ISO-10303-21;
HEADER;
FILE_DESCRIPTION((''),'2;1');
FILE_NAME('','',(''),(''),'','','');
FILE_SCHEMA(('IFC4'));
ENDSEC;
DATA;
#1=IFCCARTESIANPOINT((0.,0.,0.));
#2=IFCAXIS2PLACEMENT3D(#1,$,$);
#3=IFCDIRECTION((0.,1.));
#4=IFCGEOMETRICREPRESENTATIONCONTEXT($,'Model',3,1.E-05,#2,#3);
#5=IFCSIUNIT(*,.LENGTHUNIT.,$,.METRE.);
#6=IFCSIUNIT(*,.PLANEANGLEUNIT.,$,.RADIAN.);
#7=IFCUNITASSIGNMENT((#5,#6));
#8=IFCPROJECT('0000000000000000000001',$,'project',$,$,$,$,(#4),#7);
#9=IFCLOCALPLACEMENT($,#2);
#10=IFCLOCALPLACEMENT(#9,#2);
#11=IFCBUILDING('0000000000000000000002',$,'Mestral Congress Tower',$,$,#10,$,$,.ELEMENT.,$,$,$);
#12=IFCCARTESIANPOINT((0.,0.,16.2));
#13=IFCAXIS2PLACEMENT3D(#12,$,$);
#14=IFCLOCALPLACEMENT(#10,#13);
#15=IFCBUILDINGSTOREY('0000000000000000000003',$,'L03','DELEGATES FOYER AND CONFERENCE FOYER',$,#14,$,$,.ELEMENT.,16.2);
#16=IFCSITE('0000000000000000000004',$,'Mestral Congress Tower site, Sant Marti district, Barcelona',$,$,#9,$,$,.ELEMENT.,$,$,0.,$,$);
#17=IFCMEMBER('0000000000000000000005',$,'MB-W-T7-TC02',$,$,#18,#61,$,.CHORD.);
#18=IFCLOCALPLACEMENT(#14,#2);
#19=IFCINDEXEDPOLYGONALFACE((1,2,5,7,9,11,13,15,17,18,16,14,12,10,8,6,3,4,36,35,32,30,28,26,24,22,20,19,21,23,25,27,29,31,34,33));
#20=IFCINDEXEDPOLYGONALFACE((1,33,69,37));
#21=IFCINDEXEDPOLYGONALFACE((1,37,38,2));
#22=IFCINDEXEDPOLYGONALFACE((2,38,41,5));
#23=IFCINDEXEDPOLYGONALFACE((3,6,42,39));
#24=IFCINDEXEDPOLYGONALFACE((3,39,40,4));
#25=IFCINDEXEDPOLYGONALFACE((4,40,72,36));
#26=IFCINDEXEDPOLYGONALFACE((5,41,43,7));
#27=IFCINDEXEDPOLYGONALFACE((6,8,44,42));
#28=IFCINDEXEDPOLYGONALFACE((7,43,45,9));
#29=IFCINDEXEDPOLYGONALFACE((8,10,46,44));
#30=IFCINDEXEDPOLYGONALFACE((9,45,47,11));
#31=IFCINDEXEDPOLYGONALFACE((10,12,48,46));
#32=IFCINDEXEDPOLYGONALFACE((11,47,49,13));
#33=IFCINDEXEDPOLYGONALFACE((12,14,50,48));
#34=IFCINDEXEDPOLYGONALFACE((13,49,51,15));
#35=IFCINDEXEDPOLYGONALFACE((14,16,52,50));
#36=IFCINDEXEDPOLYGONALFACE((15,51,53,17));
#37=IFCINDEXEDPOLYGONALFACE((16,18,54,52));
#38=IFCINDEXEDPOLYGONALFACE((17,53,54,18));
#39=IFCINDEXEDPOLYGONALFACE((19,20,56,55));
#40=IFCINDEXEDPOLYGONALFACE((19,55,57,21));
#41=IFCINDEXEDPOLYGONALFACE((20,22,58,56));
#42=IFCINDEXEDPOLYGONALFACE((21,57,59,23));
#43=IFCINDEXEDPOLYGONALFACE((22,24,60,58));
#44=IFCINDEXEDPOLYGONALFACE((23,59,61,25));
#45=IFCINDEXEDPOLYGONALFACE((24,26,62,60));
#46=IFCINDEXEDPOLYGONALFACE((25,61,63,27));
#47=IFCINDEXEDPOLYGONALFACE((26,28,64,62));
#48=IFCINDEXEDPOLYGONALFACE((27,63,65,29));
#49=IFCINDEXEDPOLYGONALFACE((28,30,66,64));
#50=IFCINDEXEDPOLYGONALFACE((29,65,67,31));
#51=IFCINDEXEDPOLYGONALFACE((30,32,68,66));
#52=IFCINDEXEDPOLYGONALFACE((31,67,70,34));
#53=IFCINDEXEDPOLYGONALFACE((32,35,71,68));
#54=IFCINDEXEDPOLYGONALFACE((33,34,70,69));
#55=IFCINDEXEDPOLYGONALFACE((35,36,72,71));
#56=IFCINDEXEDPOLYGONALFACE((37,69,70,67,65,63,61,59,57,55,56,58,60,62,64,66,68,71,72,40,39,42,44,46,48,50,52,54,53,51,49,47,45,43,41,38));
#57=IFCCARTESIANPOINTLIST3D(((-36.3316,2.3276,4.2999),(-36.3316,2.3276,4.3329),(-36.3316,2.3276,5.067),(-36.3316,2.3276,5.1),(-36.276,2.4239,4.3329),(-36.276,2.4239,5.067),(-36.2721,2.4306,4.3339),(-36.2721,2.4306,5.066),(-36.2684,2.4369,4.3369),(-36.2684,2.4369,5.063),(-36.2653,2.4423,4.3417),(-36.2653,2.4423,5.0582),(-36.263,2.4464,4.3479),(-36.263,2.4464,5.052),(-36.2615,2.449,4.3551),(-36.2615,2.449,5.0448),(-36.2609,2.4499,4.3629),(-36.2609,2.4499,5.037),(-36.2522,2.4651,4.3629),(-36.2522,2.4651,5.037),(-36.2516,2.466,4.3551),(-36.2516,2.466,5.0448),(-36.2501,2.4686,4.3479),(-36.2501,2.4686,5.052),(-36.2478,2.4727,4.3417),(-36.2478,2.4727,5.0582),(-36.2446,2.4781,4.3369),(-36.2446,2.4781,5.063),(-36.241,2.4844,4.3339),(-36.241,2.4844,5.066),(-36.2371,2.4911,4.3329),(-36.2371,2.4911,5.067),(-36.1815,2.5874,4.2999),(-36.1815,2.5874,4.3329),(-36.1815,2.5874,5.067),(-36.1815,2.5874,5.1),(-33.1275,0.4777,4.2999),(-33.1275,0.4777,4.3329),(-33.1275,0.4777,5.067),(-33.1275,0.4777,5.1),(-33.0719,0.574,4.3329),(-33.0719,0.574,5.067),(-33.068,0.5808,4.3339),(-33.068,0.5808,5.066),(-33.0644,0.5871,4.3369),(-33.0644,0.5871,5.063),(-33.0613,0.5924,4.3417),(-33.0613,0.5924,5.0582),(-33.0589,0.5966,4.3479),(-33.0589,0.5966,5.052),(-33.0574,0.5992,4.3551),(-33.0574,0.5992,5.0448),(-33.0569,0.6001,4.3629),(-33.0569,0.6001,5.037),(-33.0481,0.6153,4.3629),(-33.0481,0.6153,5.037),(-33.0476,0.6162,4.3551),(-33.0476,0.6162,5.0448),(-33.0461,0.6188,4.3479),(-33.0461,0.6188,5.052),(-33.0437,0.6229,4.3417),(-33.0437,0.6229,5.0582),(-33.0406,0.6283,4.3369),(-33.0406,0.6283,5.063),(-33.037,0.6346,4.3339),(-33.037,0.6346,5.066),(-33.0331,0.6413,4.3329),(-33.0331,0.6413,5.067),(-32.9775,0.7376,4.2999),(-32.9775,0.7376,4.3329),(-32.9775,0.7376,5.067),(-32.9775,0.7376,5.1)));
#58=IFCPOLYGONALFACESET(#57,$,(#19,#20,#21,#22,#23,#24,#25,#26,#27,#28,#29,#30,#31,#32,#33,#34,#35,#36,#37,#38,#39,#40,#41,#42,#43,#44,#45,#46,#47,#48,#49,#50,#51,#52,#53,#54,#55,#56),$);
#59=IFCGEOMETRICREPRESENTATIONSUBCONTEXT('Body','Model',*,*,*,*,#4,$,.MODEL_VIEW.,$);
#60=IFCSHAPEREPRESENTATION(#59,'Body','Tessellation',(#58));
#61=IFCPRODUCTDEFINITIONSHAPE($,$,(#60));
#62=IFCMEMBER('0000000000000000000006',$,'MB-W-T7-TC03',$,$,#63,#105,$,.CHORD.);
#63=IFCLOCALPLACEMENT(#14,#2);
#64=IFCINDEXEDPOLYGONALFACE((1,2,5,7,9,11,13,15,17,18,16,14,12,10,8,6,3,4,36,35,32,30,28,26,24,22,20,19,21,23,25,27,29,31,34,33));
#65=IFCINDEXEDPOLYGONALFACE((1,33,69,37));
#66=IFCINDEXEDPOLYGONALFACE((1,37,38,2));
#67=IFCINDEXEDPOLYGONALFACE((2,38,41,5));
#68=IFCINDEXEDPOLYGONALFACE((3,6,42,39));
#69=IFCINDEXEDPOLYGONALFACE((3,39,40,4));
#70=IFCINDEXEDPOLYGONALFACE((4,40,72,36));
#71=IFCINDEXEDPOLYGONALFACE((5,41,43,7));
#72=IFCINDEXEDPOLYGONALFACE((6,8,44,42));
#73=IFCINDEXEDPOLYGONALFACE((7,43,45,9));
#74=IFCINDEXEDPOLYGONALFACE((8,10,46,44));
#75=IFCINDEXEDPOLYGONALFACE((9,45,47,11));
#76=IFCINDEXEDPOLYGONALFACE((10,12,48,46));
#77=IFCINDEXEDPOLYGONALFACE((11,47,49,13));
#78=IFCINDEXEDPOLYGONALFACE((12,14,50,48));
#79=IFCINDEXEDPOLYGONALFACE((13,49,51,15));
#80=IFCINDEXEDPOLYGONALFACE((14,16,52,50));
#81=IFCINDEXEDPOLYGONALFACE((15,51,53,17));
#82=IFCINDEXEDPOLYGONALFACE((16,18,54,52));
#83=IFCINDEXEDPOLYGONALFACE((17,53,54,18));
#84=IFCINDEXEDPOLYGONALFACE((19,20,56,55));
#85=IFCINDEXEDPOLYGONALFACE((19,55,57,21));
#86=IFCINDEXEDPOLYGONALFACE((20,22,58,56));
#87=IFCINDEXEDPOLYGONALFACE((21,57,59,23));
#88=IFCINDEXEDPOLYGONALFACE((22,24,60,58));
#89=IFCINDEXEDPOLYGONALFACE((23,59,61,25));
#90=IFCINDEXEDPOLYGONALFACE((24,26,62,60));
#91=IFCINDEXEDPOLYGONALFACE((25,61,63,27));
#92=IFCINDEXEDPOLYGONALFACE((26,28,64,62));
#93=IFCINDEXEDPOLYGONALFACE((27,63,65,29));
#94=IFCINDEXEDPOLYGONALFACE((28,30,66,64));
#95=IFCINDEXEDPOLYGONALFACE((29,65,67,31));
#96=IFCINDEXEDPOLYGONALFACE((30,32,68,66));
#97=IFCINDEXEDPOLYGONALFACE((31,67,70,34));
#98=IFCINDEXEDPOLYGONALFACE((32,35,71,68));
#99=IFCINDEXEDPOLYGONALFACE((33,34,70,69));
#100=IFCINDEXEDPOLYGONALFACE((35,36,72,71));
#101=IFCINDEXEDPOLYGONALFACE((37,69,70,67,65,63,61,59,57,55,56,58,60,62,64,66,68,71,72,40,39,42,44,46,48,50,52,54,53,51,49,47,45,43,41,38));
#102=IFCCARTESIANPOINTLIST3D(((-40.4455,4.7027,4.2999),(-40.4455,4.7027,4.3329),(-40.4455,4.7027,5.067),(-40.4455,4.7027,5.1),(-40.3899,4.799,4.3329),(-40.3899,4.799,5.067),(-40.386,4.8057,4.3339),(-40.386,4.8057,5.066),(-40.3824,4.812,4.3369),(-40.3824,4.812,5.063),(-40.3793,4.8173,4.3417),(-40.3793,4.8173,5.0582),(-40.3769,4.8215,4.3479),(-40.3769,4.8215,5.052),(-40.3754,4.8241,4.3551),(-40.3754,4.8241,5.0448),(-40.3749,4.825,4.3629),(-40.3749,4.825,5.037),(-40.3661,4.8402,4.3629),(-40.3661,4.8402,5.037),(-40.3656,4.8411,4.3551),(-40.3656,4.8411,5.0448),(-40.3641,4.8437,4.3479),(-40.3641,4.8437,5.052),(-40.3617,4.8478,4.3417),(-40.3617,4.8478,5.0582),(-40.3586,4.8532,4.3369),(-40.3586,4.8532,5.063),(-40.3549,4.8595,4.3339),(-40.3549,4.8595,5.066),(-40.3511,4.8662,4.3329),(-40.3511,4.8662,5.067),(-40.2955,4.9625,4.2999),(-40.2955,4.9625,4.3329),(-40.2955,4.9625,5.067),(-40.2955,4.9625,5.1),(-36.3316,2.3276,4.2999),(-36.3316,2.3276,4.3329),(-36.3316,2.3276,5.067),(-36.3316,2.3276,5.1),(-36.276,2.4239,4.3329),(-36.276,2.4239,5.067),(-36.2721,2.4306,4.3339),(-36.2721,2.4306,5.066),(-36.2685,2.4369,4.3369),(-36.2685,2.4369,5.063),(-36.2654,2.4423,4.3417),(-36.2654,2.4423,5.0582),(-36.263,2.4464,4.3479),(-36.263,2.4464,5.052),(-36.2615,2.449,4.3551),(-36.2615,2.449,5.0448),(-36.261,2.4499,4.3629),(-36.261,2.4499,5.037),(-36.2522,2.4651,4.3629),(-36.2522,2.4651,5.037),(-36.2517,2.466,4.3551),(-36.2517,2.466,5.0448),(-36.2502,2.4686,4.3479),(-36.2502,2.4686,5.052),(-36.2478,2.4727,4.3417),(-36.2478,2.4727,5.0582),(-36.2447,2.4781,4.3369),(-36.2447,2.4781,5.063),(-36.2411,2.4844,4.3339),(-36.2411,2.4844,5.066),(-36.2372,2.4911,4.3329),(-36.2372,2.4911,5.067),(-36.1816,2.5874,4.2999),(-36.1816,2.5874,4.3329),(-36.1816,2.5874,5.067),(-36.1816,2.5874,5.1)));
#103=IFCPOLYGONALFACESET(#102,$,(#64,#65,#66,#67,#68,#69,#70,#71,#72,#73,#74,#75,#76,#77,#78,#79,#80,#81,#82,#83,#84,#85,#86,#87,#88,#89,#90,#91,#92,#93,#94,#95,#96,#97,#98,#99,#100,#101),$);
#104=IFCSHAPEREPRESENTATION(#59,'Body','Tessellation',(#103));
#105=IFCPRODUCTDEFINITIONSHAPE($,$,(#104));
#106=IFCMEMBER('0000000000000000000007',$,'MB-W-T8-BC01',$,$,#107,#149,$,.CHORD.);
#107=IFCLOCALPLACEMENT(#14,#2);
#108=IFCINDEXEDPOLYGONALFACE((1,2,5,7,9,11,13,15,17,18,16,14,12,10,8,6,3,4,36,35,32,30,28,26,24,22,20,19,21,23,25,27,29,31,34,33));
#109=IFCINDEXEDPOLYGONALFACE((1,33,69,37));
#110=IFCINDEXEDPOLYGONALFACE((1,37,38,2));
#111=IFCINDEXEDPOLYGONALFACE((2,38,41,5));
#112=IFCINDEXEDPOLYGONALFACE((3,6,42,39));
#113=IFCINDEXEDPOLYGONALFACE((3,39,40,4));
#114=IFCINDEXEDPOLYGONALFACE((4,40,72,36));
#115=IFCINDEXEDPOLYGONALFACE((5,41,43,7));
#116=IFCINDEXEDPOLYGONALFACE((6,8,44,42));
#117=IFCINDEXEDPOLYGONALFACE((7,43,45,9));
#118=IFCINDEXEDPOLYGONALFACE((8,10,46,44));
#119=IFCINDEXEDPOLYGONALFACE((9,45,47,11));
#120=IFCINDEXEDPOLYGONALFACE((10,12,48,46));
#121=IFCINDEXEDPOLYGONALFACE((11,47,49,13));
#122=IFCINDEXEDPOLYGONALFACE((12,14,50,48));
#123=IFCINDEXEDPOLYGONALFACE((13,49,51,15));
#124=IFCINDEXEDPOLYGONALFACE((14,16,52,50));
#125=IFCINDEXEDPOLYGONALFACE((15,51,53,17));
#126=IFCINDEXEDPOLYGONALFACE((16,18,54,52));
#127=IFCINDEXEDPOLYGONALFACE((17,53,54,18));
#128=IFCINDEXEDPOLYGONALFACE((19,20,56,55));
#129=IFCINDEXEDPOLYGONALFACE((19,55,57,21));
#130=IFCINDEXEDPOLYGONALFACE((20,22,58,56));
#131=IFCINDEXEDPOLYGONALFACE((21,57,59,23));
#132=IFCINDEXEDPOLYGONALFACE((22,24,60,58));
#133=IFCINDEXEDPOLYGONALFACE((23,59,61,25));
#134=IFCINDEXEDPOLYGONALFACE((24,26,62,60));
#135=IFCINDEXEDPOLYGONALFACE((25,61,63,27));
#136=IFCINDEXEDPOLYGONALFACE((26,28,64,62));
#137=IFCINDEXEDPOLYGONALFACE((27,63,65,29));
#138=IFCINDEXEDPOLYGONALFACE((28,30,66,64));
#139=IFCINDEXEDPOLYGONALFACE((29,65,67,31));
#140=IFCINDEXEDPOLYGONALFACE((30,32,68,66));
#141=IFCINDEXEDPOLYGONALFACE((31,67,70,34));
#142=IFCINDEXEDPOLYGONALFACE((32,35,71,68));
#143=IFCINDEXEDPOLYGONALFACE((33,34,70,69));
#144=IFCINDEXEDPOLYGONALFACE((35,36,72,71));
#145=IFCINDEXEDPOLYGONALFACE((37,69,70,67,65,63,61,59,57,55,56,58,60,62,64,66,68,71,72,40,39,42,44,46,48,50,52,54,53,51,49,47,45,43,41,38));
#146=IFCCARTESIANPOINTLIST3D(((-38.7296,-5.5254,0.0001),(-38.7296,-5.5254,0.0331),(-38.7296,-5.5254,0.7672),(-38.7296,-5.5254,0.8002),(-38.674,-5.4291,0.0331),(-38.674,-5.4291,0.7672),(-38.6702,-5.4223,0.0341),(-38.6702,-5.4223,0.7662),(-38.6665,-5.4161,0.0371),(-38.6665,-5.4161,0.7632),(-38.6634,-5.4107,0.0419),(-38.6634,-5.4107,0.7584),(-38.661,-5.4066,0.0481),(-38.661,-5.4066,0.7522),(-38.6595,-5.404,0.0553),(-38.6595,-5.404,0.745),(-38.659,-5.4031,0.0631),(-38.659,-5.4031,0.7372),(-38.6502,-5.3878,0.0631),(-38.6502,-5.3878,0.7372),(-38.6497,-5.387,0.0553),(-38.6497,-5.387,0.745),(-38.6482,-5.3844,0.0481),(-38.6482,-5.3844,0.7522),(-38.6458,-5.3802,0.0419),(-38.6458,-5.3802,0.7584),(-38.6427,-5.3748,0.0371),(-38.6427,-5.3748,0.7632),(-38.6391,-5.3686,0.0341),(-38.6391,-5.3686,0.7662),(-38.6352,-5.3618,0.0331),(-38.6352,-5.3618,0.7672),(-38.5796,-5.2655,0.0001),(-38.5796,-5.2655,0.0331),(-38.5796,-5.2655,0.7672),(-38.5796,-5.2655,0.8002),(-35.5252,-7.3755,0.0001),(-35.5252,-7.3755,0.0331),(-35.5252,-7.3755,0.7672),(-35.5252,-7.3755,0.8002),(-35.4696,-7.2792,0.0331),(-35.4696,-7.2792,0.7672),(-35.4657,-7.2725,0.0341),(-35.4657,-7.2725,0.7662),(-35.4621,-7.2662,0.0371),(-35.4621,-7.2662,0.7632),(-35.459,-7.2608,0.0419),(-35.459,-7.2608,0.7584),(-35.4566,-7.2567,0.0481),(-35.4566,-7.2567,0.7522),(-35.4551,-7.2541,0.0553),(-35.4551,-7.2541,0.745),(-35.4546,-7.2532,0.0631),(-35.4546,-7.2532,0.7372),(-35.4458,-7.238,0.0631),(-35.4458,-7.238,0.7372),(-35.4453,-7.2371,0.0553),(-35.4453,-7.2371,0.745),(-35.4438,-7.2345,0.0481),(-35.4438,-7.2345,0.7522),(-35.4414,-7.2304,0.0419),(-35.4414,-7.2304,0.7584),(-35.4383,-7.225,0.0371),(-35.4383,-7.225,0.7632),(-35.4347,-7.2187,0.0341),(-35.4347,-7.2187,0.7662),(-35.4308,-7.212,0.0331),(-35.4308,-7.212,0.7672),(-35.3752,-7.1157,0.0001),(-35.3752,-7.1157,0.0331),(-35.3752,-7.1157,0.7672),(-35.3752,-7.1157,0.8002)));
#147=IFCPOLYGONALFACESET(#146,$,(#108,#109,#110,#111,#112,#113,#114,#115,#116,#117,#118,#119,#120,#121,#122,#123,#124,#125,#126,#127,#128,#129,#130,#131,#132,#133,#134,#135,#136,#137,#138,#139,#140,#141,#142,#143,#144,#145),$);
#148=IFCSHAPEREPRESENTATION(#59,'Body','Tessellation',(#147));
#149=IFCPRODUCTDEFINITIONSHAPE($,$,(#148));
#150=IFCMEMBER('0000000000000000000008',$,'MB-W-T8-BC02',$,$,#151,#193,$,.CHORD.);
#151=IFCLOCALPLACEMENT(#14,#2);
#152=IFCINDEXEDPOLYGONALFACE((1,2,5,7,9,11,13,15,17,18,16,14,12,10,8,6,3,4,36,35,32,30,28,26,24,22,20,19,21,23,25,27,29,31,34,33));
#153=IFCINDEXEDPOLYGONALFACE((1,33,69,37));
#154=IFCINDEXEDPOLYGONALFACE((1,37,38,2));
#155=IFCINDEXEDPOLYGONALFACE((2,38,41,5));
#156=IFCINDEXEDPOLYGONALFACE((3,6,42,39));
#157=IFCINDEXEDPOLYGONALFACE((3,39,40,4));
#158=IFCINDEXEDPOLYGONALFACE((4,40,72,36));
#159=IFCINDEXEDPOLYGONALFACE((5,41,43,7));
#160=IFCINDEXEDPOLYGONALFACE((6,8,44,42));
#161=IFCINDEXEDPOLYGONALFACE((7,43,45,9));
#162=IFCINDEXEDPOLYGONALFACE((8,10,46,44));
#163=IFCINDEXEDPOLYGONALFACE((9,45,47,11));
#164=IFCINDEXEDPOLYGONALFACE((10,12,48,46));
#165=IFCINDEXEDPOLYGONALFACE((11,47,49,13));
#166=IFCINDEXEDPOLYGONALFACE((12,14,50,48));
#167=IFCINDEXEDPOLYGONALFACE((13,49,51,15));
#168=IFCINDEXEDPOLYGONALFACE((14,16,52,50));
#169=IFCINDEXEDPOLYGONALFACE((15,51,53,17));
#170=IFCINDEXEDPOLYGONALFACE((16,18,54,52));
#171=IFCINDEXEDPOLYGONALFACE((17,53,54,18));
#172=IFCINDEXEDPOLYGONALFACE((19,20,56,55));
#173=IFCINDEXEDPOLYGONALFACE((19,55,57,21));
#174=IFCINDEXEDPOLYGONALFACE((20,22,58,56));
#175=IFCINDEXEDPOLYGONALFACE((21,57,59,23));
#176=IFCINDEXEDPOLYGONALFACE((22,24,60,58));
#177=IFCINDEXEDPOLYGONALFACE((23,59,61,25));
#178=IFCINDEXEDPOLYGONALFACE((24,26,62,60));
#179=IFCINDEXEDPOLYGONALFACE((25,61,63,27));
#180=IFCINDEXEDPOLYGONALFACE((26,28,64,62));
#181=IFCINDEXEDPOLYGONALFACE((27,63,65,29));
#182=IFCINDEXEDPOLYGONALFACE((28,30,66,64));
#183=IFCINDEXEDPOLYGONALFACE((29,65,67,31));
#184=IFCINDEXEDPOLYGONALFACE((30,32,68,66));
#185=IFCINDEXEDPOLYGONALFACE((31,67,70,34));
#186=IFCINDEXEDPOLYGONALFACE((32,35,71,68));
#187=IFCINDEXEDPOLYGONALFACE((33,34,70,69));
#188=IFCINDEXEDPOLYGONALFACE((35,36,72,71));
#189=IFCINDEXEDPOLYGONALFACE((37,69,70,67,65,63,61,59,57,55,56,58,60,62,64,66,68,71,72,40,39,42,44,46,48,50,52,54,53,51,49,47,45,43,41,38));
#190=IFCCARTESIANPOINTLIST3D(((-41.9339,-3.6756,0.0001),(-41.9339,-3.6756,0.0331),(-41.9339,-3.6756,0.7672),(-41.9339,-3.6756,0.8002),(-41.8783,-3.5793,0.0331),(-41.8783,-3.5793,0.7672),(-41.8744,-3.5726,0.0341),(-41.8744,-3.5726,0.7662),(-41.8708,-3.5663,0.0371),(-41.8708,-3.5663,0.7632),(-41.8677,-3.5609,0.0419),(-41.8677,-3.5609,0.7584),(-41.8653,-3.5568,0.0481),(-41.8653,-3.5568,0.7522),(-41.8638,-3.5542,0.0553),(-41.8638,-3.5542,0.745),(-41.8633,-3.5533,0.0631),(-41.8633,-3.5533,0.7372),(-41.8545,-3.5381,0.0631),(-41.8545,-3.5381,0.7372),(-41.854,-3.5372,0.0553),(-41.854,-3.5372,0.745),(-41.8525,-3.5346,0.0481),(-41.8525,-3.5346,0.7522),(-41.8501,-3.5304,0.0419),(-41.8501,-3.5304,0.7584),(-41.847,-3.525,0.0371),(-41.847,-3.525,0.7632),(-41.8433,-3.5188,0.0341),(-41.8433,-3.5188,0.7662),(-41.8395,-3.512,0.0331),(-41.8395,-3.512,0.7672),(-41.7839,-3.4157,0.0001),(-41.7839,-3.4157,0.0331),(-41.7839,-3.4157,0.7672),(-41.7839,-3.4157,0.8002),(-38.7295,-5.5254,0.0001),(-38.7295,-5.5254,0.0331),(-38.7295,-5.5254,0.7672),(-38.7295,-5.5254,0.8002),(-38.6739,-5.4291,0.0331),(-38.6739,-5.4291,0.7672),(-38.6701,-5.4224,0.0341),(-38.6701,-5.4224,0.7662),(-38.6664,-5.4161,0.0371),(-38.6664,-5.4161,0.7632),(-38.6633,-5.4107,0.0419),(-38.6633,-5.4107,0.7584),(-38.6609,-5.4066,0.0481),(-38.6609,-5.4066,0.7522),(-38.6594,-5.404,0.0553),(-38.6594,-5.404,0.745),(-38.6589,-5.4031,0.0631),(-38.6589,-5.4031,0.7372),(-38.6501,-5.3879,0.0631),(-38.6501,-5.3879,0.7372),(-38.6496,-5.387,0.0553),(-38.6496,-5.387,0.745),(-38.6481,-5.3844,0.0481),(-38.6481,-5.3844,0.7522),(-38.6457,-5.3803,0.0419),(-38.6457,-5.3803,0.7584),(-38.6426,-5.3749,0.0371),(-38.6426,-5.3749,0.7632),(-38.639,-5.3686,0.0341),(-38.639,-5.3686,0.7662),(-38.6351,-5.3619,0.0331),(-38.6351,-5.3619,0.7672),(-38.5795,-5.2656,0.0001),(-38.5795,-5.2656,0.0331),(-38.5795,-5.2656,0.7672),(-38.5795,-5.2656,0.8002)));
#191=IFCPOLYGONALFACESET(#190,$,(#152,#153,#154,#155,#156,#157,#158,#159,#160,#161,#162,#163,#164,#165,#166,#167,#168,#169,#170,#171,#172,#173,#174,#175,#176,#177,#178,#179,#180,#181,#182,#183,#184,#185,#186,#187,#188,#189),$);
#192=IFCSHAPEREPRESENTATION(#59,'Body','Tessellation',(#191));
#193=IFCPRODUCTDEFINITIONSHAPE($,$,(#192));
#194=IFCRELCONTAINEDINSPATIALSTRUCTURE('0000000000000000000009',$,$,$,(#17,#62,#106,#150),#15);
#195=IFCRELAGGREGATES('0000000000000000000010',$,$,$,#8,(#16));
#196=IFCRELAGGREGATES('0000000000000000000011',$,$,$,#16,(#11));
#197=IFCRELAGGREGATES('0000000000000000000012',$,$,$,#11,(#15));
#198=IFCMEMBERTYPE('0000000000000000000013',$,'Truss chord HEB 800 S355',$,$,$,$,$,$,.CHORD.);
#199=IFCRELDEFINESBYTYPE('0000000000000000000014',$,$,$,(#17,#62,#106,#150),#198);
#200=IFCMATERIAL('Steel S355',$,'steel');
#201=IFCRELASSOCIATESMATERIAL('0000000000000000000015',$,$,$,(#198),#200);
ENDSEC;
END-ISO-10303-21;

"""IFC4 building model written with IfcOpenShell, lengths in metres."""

from ifc_helpers import new_model, si_unit, direction, frame, origin, origin_2d, place, context, subcontext, project, spatial, i_section, extrude, material, material_profile, profile_set, type_object, element, save


model = new_model("IFC4")

# Units and contexts
model_context = context("Model", 3, precision=1e-05, world=origin(), true_north=direction((0.0, 1.0)))
body_context = subcontext(model_context, "Body", "Model", "MODEL_VIEW")
ifc_project = project(units=[si_unit("LENGTHUNIT", "METRE"), si_unit("PLANEANGLEUNIT", "RADIAN")], contexts=[model_context])

# Site, building, storey
site_placement = place(None, origin())
site = spatial("IfcSite", under=ifc_project, at=site_placement, Name="Mestral Congress Tower site, Sant Marti district, Barcelona", CompositionType="ELEMENT", RefElevation=0.0)
building_placement = place(site_placement, origin())
building = spatial("IfcBuilding", under=site, at=building_placement, Name="Mestral Congress Tower", CompositionType="ELEMENT")
storey_placement = place(building_placement, frame((0.0, 0.0, 16.2)))
storey = spatial("IfcBuildingStorey", under=building, at=storey_placement, Name="L03", Description="DELEGATES FOYER AND CONFERENCE FOYER", CompositionType="ELEMENT", Elevation=16.2)

# Shared definitions
ifc_material_1 = material(Name="Steel S355", Category="steel")

# Members
ifc_material_profile_1 = material_profile(ifc_material_1, i_section(OverallWidth=0.3, OverallDepth=0.8, WebThickness=0.0176, FlangeThickness=0.033, FilletRadius=0.03, at=origin_2d()), Name="HEB 800")
ifc_profile_set_1 = profile_set([ifc_material_profile_1], Name="Steel S355")
member_type_1 = type_object("IfcMemberType", Name="Truss chord HEB 800 S355", PredefinedType="CHORD", material=ifc_profile_set_1)
member_1_placement = place(storey_placement, frame((-33.0525, 0.6077, 4.7), z_axis=(-0.86603, 0.499993, 0.0), x_axis=(-0.499993, -0.86603, 0.0)))
element("IfcMember", 1, at=member_1_placement, inside=storey, type_object=member_type_1, Name="MB-W-T7-TC02", PredefinedType="CHORD", context=body_context, shape_type="SweptSolid", body=[
    extrude(i_section(OverallWidth=0.3, OverallDepth=0.8, WebThickness=0.0176, FlangeThickness=0.033, FilletRadius=0.03, at=origin_2d()), origin(), (0.0, 0.0, 1.0), 3.6997),
])
member_2_placement = place(storey_placement, frame((-36.2566, 2.4575, 4.7), z_axis=(-0.866033, 0.499986, 0.0), x_axis=(-0.499986, -0.866033, 0.0)))
element("IfcMember", 2, at=member_2_placement, inside=storey, type_object=member_type_1, Name="MB-W-T7-TC03", PredefinedType="CHORD", context=body_context, shape_type="SweptSolid", body=[
    extrude(i_section(OverallWidth=0.3, OverallDepth=0.8, WebThickness=0.0176, FlangeThickness=0.033, FilletRadius=0.03, at=origin_2d()), origin(), (0.0, 0.0, 1.0), 4.7502),
])
member_3_placement = place(storey_placement, frame((-35.4502, -7.2456, 0.4001), z_axis=(-0.866017, 0.500014, 0.0), x_axis=(-0.500014, -0.866017, 0.0)))
element("IfcMember", 3, at=member_3_placement, inside=storey, type_object=member_type_1, Name="MB-W-T8-BC01", PredefinedType="CHORD", context=body_context, shape_type="SweptSolid", body=[
    extrude(i_section(OverallWidth=0.3, OverallDepth=0.8, WebThickness=0.0176, FlangeThickness=0.033, FilletRadius=0.03, at=origin_2d()), origin(), (0.0, 0.0, 1.0), 3.7002),
])
member_4_placement = place(storey_placement, frame((-38.6545, -5.3955, 0.4001), z_axis=(-0.866046, 0.499964, 0.0), x_axis=(-0.499964, -0.866046, 0.0)))
element("IfcMember", 4, at=member_4_placement, inside=storey, type_object=member_type_1, Name="MB-W-T8-BC02", PredefinedType="CHORD", context=body_context, shape_type="SweptSolid", body=[
    extrude(i_section(OverallWidth=0.3, OverallDepth=0.8, WebThickness=0.0176, FlangeThickness=0.033, FilletRadius=0.03, at=origin_2d()), origin(), (0.0, 0.0, 1.0), 3.7),
])

save(model, "model.ifc")
